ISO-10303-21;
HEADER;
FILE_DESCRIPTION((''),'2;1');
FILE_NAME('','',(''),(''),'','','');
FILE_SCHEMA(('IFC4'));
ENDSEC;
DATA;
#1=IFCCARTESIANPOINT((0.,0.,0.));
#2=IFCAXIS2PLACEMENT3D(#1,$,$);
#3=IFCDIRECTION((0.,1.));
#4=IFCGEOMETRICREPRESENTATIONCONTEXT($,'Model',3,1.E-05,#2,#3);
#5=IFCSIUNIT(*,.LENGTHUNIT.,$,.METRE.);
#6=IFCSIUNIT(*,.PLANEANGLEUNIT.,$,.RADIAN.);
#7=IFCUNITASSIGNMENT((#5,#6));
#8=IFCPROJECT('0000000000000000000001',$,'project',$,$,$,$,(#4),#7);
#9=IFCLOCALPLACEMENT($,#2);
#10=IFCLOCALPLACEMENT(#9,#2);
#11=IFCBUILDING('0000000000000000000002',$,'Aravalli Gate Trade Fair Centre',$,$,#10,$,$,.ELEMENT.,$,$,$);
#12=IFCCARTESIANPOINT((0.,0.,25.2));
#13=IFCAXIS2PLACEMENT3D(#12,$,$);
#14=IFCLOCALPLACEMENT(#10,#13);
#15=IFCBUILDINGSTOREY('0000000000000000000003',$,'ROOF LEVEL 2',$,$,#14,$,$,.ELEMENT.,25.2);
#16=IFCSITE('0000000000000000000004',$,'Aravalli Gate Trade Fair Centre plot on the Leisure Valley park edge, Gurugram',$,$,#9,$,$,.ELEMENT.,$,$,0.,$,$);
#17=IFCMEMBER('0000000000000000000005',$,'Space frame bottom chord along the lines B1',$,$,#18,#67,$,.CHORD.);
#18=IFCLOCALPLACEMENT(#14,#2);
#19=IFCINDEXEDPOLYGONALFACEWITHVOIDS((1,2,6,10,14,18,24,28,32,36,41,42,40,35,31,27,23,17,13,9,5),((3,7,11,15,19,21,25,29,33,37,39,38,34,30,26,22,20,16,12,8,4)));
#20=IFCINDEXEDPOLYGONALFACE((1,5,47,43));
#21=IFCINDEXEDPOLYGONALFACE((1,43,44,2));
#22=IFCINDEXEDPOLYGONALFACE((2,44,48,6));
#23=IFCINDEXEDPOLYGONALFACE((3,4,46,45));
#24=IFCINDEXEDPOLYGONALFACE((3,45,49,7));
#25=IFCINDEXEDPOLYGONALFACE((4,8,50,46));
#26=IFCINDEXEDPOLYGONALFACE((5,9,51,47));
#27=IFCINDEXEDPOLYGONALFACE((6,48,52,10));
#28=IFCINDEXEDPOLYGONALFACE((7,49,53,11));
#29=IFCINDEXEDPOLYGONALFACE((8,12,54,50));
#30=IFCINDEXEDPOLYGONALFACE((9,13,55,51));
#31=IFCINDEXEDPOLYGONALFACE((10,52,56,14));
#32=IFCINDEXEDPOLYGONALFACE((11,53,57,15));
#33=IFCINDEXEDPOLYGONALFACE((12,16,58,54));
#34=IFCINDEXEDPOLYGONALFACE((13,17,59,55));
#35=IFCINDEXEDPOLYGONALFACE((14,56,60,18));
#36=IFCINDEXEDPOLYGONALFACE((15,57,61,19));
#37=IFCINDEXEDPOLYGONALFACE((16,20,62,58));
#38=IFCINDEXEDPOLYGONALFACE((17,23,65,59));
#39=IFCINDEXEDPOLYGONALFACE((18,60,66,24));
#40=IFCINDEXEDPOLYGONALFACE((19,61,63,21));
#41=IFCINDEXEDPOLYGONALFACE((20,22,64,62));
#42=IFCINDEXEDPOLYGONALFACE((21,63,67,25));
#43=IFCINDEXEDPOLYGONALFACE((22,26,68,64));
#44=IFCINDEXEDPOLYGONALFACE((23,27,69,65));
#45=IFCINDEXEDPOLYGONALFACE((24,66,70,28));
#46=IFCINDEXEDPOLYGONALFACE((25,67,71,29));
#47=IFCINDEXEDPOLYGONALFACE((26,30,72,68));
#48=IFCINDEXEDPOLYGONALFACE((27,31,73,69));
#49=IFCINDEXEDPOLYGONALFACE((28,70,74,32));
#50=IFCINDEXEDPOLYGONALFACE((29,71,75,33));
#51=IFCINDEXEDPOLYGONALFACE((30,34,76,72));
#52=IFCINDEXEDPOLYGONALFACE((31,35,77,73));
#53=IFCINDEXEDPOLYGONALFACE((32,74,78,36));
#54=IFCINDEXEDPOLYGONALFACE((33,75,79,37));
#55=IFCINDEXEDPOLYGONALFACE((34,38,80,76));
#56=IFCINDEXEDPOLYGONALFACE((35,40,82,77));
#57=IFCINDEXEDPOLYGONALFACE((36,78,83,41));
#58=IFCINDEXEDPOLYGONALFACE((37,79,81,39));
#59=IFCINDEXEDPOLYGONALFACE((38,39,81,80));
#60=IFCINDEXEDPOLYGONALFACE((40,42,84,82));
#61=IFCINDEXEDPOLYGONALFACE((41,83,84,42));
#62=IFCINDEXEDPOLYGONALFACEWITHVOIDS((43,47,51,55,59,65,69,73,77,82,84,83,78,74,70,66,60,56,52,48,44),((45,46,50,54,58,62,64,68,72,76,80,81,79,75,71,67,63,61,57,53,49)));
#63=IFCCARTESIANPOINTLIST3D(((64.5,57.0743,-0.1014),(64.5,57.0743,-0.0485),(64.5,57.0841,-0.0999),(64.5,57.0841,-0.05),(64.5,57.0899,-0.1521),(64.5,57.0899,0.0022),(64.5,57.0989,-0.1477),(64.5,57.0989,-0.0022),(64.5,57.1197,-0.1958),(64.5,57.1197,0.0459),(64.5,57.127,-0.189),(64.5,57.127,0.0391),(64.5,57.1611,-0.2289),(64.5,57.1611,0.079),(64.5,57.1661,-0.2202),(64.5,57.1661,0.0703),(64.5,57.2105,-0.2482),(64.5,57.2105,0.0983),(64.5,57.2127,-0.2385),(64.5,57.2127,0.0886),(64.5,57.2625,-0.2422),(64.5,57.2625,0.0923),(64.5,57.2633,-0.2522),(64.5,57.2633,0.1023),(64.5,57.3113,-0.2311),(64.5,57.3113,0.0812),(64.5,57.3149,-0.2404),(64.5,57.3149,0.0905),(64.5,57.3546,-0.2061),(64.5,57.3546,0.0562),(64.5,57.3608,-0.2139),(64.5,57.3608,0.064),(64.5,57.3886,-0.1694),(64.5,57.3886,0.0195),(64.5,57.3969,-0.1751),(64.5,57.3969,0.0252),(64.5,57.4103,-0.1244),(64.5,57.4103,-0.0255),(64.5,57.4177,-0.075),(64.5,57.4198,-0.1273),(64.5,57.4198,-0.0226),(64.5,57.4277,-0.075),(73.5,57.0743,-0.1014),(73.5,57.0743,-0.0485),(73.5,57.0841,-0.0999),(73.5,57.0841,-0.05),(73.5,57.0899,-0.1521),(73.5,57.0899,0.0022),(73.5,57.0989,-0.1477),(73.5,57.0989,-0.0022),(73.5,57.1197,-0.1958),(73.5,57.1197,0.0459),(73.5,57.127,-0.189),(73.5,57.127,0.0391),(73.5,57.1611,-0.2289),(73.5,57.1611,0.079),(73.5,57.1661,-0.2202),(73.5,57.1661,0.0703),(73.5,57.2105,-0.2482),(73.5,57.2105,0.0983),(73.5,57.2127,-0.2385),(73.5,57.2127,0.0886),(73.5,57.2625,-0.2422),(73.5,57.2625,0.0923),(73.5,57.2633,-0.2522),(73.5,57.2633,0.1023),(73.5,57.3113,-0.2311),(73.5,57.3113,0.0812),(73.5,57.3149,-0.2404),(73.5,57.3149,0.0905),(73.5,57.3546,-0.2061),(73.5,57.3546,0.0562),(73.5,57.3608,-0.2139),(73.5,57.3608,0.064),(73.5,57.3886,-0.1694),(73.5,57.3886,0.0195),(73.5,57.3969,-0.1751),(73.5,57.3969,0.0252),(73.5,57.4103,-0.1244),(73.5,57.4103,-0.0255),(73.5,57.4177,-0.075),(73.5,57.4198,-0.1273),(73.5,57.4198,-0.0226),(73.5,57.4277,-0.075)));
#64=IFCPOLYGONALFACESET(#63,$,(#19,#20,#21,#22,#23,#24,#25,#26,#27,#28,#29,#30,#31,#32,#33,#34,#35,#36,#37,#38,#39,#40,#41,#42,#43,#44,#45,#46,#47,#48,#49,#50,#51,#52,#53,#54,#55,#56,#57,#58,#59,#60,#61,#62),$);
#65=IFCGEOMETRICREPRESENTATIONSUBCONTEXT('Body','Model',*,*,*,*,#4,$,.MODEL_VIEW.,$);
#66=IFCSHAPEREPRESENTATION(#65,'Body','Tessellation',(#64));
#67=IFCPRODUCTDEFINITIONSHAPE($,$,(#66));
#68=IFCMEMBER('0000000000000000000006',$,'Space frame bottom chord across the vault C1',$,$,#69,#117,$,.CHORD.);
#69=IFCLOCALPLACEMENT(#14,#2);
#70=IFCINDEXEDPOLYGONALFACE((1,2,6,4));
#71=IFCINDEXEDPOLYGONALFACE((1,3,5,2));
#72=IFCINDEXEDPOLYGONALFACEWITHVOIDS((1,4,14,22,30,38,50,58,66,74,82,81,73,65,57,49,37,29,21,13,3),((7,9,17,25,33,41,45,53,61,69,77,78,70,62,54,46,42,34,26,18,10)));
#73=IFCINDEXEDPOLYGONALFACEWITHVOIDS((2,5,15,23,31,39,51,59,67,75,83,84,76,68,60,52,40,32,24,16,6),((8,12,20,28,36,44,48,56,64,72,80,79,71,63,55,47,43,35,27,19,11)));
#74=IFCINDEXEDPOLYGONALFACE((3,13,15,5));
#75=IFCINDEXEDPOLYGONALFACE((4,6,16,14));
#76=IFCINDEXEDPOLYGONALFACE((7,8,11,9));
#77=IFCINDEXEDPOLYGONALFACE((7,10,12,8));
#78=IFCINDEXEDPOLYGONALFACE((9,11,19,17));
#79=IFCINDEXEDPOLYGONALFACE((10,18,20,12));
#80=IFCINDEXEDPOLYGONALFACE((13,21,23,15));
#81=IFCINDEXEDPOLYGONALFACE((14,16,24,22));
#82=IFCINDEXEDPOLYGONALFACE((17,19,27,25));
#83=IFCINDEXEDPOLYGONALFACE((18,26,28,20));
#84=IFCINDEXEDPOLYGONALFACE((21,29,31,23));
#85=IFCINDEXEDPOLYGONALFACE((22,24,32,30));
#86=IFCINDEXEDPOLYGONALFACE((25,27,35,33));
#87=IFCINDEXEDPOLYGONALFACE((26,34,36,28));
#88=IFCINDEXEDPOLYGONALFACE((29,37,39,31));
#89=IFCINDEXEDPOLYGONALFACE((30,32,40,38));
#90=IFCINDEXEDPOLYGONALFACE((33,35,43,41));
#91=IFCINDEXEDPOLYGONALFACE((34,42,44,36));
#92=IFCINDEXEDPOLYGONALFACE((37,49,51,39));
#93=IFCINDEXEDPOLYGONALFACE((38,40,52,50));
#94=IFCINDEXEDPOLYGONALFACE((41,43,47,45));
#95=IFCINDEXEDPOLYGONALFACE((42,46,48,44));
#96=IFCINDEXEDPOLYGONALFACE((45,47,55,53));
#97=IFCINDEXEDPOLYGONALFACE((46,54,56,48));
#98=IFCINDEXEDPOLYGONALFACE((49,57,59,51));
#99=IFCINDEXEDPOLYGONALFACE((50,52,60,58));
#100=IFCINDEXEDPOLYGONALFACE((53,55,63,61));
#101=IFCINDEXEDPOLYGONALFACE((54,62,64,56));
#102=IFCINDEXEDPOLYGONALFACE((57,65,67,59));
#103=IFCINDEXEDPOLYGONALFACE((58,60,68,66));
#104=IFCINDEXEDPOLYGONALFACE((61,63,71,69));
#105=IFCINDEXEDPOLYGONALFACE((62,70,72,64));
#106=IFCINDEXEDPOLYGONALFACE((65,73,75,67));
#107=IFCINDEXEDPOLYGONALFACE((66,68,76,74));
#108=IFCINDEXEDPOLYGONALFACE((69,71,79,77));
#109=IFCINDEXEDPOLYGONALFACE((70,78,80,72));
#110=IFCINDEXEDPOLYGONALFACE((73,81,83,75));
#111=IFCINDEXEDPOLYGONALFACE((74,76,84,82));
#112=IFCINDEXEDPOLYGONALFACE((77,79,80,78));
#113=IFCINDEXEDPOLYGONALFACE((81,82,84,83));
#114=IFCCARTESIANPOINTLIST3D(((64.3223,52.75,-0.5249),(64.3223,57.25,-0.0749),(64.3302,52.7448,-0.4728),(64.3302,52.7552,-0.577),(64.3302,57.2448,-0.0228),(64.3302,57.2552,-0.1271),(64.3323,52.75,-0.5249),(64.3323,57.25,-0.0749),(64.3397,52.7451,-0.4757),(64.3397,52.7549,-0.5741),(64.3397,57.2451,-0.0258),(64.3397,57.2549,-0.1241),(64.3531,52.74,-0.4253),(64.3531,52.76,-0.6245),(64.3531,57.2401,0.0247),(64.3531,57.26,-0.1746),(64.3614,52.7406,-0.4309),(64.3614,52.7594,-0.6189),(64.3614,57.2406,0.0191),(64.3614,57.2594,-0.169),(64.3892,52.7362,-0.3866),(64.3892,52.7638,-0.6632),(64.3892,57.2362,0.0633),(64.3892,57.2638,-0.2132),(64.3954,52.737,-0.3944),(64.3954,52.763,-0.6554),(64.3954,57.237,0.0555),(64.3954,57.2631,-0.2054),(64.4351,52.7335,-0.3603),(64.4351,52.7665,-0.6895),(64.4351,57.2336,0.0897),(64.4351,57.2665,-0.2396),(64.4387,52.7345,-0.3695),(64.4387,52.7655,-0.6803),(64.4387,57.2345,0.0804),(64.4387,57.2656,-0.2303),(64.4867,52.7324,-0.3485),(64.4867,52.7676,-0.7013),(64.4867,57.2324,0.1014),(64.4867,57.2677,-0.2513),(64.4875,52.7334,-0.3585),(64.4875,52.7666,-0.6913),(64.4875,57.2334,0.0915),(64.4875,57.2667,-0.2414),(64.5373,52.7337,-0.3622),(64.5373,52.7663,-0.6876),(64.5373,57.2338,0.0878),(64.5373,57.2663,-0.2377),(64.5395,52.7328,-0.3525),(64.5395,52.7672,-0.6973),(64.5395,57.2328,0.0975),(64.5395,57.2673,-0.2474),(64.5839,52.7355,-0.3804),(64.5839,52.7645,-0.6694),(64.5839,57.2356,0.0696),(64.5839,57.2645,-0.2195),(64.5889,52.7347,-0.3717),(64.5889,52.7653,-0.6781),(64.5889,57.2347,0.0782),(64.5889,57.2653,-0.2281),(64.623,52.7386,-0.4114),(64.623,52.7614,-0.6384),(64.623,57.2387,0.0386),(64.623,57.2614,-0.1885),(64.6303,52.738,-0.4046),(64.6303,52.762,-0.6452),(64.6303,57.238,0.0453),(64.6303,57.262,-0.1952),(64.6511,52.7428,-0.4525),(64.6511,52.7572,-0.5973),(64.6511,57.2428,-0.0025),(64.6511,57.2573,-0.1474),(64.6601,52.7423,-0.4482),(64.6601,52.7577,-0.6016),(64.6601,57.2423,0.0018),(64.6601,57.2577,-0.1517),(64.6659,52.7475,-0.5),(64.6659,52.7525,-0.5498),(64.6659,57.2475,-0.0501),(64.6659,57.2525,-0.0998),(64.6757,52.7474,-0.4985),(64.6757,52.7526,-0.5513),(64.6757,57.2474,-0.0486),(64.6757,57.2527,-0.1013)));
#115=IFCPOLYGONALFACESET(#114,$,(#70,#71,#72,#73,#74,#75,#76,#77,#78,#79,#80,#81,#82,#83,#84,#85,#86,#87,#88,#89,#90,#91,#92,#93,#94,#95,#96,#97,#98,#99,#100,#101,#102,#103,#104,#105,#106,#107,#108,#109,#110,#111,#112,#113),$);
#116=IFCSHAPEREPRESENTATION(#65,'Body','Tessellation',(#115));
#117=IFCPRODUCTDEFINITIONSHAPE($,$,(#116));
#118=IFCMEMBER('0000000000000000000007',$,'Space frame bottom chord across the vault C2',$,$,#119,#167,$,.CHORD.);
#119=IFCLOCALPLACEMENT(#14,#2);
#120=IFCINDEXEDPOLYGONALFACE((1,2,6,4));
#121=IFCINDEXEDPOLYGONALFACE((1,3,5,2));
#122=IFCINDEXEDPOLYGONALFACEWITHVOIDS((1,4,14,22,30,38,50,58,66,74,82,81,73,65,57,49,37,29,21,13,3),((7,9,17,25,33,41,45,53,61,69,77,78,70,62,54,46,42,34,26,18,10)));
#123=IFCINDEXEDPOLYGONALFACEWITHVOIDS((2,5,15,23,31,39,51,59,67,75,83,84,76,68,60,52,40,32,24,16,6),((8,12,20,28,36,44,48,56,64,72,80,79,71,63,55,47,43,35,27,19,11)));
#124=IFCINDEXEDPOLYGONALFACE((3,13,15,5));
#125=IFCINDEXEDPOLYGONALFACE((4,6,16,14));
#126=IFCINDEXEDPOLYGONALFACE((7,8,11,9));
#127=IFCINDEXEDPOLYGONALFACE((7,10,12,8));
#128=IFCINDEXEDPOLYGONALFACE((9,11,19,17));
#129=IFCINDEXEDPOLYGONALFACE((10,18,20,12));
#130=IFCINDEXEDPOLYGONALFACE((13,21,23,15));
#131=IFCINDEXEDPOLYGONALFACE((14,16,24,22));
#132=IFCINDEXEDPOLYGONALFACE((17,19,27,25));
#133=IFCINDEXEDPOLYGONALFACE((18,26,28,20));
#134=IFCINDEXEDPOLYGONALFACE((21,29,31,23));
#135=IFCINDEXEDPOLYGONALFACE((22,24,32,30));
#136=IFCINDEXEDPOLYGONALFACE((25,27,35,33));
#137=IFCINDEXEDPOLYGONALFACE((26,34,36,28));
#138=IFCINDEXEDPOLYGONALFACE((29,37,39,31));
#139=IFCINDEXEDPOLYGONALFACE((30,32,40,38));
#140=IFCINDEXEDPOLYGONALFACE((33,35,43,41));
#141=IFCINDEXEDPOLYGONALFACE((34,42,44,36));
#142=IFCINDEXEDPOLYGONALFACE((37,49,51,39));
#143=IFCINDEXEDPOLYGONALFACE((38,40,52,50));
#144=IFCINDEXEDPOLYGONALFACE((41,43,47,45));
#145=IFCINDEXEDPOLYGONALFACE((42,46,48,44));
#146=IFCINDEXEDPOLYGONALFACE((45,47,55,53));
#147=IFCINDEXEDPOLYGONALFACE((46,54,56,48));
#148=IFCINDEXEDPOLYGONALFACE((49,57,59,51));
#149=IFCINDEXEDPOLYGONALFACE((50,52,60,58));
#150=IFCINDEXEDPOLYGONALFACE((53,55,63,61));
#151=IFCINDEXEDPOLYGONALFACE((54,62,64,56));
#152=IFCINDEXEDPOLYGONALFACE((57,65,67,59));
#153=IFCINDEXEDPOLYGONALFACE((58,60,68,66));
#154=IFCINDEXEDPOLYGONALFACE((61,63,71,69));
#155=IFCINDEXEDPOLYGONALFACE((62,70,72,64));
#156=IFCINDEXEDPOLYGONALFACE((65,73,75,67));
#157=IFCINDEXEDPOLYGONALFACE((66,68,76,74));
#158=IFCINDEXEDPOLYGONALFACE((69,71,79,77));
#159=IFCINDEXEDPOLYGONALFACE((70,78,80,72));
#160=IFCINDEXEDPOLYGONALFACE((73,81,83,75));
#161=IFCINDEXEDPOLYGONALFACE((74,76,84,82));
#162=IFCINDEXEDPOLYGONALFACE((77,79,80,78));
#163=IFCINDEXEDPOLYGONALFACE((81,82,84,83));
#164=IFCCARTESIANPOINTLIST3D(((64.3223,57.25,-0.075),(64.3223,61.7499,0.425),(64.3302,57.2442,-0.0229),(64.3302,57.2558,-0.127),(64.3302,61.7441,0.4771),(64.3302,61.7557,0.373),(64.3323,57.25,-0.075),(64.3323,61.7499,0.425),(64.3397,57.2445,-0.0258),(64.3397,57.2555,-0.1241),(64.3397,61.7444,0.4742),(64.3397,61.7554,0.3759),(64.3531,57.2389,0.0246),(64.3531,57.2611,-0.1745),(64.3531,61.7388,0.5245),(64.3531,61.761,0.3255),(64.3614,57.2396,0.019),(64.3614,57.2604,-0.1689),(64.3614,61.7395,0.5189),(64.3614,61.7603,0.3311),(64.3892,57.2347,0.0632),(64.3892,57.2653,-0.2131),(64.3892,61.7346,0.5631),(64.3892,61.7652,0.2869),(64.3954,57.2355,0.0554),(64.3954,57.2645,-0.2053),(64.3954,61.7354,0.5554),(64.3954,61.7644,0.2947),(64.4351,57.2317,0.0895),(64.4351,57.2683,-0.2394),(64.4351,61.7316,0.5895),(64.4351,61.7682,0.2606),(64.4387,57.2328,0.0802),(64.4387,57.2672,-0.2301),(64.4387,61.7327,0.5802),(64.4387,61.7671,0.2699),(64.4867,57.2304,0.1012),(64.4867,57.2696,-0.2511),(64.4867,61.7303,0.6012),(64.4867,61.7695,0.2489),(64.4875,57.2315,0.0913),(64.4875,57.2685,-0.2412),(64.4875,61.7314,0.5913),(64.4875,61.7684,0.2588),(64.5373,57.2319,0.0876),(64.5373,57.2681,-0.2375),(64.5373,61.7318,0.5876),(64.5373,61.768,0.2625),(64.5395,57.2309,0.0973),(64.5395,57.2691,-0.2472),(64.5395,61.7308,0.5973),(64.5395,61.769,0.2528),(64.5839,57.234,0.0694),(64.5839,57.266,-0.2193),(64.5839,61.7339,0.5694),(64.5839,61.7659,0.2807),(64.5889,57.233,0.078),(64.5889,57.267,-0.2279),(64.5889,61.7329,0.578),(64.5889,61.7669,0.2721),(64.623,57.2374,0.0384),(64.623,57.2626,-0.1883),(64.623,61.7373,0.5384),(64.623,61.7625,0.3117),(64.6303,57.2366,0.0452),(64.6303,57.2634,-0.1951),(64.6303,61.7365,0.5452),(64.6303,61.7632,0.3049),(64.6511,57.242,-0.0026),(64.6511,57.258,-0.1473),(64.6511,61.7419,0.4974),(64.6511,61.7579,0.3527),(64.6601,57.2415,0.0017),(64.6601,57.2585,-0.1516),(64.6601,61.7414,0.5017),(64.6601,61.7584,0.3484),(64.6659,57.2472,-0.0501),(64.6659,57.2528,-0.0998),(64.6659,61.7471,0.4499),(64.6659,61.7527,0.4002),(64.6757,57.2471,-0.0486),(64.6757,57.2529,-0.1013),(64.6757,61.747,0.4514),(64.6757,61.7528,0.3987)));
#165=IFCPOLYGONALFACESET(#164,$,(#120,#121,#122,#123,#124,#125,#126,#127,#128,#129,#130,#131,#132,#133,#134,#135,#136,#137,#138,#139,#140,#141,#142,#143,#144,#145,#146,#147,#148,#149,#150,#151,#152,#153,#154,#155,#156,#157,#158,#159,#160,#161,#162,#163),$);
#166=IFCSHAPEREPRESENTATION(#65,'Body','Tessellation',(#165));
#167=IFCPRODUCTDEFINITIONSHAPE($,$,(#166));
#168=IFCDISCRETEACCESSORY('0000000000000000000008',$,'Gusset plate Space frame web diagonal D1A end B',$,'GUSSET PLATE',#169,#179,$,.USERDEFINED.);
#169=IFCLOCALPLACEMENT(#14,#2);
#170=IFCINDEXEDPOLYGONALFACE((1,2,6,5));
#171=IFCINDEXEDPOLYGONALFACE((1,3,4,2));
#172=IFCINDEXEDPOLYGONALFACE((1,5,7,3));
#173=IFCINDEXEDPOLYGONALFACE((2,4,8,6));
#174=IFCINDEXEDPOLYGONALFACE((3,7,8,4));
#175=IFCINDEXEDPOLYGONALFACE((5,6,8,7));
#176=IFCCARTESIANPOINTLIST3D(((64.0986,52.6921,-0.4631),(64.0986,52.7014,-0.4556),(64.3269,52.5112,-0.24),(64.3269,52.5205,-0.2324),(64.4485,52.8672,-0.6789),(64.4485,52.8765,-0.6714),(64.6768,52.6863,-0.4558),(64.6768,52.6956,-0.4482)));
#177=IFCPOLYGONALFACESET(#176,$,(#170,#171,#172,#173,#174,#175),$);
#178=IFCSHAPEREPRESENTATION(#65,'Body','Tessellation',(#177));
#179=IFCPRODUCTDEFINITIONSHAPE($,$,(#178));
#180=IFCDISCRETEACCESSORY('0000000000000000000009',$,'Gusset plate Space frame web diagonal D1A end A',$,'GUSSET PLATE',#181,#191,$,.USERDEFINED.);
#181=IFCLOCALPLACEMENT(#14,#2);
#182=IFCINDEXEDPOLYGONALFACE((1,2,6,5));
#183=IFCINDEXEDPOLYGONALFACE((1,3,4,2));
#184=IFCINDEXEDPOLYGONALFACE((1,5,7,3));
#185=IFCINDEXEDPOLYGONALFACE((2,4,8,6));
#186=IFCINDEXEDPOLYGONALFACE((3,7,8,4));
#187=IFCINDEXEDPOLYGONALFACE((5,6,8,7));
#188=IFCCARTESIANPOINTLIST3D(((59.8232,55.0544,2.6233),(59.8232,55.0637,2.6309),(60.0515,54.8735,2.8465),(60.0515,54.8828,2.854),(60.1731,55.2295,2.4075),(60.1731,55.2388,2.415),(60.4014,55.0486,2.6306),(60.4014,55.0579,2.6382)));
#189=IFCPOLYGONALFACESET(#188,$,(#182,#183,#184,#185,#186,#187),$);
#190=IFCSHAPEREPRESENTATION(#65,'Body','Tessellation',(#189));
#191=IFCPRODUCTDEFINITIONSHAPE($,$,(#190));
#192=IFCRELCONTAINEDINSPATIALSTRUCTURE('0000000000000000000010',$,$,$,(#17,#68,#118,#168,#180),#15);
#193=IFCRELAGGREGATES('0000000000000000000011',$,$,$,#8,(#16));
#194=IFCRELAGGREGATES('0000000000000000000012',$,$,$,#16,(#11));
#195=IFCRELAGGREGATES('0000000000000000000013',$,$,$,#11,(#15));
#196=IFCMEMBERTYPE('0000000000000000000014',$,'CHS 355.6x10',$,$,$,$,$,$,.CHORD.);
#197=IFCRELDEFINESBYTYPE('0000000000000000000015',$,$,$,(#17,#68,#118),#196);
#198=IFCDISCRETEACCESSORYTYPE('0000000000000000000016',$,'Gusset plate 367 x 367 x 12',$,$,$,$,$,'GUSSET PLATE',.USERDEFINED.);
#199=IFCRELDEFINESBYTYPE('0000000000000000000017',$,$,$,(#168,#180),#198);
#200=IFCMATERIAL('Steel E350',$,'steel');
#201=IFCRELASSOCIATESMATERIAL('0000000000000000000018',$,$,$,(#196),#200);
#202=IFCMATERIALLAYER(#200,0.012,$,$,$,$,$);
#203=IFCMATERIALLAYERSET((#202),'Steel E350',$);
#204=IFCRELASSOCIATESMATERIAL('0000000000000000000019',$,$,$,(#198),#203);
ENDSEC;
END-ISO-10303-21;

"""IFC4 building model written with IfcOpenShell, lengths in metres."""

from ifc_helpers import new_model, si_unit, direction, frame, origin, origin_2d, place, context, subcontext, project, spatial, polyline, hollow_circle, outline, extrude, material, layer, layer_set, material_profile, profile_set, type_object, element, save


model = new_model("IFC4")

# Units and contexts
model_context = context("Model", 3, precision=1e-05, world=origin(), true_north=direction((0.0, 1.0)))
body_context = subcontext(model_context, "Body", "Model", "MODEL_VIEW")
ifc_project = project(units=[si_unit("LENGTHUNIT", "METRE"), si_unit("PLANEANGLEUNIT", "RADIAN")], contexts=[model_context])

# Site, building, storey
site_placement = place(None, origin())
site = spatial("IfcSite", under=ifc_project, at=site_placement, Name="Aravalli Gate Trade Fair Centre plot on the Leisure Valley park edge, Gurugram", CompositionType="ELEMENT", RefElevation=0.0)
building_placement = place(site_placement, origin())
building = spatial("IfcBuilding", under=site, at=building_placement, Name="Aravalli Gate Trade Fair Centre", CompositionType="ELEMENT")
storey_placement = place(building_placement, frame((0.0, 0.0, 25.2)))
storey = spatial("IfcBuildingStorey", under=building, at=storey_placement, Name="ROOF LEVEL 2", CompositionType="ELEMENT", Elevation=25.2)

# Members
ifc_material = material(Name="Steel E350", Category="steel")
ifc_material_profile_1 = material_profile(ifc_material, hollow_circle(Radius=0.1777, WallThickness=0.01, at=origin_2d()), Name="CHS 355.6x10")
ifc_profile_set_1 = profile_set([ifc_material_profile_1], Name="Steel E350")
member_type_1 = type_object("IfcMemberType", Name="CHS 355.6x10", PredefinedType="CHORD", material=ifc_profile_set_1)
for number, where, z_axis, x_axis, name in (
    (1, (64.5, 57.25, -0.075), (1.0, 0.0, 0.0), (0.0, 1.0, 0.0), "Space frame bottom chord along the lines B1"),
):
    element("IfcMember", number, at=place(storey_placement, frame(where, z_axis=z_axis, x_axis=x_axis)), inside=storey, type_object=member_type_1, Name=name, PredefinedType="CHORD", context=body_context, shape_type="SweptSolid", body=[
        extrude(hollow_circle(Radius=0.1777, WallThickness=0.01, at=origin_2d()), origin(), (0.0, 0.0, 1.0), 9.0),
    ])
member_1_placement = place(storey_placement, frame((64.5, 52.75, -0.5249), z_axis=(0.0, 0.995038, 0.099493), x_axis=(-1.0, 0.0, 0.0)))
element("IfcMember", 2, at=member_1_placement, inside=storey, type_object=member_type_1, Name="Space frame bottom chord across the vault C1", PredefinedType="CHORD", context=body_context, shape_type="SweptSolid", body=[
    extrude(hollow_circle(Radius=0.1777, WallThickness=0.01, at=origin_2d()), origin(), (0.0, 0.0, 1.0), 4.5225),
])
member_2_placement = place(storey_placement, frame((64.5, 57.25, -0.075), z_axis=(0.0, 0.993884, 0.110432), x_axis=(-1.0, 0.0, 0.0)))
element("IfcMember", 3, at=member_2_placement, inside=storey, type_object=member_type_1, Name="Space frame bottom chord across the vault C2", PredefinedType="CHORD", context=body_context, shape_type="SweptSolid", body=[
    extrude(hollow_circle(Radius=0.1777, WallThickness=0.01, at=origin_2d()), origin(), (0.0, 0.0, 1.0), 4.5276),
])

# Discrete accessories
ifc_layer = layer(ifc_material, 0.012)
ifc_layer_set = layer_set([ifc_layer], Name="Steel E350")
discrete_accessory_type = type_object("IfcDiscreteAccessoryType", Name="Gusset plate 367 x 367 x 12", ElementType="GUSSET PLATE", PredefinedType="USERDEFINED", material=ifc_layer_set)
discrete_accessory_1_placement = place(storey_placement, frame((64.0986, 52.7014, -0.4556), z_axis=(-0.000107, 0.776736, 0.629826), x_axis=(0.783044, 0.391795, -0.48305)))
element("IfcDiscreteAccessory", 4, at=discrete_accessory_1_placement, inside=storey, type_object=discrete_accessory_type, Name="Gusset plate Space frame web diagonal D1A end B", ObjectType="GUSSET PLATE", PredefinedType="USERDEFINED", context=body_context, shape_type="SweptSolid", body=[
    extrude(outline(polyline([(0.0, 0.0), (0.4468, 0.0), (0.4469, -0.3669), (0.0001, -0.3669), (0.0, 0.0)])), origin(), (0.0, 0.0, -1.0), 0.012),
])
discrete_accessory_2_placement = place(storey_placement, frame((60.1731, 55.2388, 2.415), z_axis=(-0.000107, 0.776736, 0.629826), x_axis=(-0.783044, -0.391795, 0.48305)))
element("IfcDiscreteAccessory", 5, at=discrete_accessory_2_placement, inside=storey, type_object=discrete_accessory_type, Name="Gusset plate Space frame web diagonal D1A end A", ObjectType="GUSSET PLATE", PredefinedType="USERDEFINED", context=body_context, shape_type="SweptSolid", body=[
    extrude(outline(polyline([(0.0, 0.0), (0.4468, 0.0), (0.4467, 0.3669), (-0.0001, 0.3669), (0.0, 0.0)])), origin(), (0.0, 0.0, -1.0), 0.012),
])

save(model, "model.ifc")
